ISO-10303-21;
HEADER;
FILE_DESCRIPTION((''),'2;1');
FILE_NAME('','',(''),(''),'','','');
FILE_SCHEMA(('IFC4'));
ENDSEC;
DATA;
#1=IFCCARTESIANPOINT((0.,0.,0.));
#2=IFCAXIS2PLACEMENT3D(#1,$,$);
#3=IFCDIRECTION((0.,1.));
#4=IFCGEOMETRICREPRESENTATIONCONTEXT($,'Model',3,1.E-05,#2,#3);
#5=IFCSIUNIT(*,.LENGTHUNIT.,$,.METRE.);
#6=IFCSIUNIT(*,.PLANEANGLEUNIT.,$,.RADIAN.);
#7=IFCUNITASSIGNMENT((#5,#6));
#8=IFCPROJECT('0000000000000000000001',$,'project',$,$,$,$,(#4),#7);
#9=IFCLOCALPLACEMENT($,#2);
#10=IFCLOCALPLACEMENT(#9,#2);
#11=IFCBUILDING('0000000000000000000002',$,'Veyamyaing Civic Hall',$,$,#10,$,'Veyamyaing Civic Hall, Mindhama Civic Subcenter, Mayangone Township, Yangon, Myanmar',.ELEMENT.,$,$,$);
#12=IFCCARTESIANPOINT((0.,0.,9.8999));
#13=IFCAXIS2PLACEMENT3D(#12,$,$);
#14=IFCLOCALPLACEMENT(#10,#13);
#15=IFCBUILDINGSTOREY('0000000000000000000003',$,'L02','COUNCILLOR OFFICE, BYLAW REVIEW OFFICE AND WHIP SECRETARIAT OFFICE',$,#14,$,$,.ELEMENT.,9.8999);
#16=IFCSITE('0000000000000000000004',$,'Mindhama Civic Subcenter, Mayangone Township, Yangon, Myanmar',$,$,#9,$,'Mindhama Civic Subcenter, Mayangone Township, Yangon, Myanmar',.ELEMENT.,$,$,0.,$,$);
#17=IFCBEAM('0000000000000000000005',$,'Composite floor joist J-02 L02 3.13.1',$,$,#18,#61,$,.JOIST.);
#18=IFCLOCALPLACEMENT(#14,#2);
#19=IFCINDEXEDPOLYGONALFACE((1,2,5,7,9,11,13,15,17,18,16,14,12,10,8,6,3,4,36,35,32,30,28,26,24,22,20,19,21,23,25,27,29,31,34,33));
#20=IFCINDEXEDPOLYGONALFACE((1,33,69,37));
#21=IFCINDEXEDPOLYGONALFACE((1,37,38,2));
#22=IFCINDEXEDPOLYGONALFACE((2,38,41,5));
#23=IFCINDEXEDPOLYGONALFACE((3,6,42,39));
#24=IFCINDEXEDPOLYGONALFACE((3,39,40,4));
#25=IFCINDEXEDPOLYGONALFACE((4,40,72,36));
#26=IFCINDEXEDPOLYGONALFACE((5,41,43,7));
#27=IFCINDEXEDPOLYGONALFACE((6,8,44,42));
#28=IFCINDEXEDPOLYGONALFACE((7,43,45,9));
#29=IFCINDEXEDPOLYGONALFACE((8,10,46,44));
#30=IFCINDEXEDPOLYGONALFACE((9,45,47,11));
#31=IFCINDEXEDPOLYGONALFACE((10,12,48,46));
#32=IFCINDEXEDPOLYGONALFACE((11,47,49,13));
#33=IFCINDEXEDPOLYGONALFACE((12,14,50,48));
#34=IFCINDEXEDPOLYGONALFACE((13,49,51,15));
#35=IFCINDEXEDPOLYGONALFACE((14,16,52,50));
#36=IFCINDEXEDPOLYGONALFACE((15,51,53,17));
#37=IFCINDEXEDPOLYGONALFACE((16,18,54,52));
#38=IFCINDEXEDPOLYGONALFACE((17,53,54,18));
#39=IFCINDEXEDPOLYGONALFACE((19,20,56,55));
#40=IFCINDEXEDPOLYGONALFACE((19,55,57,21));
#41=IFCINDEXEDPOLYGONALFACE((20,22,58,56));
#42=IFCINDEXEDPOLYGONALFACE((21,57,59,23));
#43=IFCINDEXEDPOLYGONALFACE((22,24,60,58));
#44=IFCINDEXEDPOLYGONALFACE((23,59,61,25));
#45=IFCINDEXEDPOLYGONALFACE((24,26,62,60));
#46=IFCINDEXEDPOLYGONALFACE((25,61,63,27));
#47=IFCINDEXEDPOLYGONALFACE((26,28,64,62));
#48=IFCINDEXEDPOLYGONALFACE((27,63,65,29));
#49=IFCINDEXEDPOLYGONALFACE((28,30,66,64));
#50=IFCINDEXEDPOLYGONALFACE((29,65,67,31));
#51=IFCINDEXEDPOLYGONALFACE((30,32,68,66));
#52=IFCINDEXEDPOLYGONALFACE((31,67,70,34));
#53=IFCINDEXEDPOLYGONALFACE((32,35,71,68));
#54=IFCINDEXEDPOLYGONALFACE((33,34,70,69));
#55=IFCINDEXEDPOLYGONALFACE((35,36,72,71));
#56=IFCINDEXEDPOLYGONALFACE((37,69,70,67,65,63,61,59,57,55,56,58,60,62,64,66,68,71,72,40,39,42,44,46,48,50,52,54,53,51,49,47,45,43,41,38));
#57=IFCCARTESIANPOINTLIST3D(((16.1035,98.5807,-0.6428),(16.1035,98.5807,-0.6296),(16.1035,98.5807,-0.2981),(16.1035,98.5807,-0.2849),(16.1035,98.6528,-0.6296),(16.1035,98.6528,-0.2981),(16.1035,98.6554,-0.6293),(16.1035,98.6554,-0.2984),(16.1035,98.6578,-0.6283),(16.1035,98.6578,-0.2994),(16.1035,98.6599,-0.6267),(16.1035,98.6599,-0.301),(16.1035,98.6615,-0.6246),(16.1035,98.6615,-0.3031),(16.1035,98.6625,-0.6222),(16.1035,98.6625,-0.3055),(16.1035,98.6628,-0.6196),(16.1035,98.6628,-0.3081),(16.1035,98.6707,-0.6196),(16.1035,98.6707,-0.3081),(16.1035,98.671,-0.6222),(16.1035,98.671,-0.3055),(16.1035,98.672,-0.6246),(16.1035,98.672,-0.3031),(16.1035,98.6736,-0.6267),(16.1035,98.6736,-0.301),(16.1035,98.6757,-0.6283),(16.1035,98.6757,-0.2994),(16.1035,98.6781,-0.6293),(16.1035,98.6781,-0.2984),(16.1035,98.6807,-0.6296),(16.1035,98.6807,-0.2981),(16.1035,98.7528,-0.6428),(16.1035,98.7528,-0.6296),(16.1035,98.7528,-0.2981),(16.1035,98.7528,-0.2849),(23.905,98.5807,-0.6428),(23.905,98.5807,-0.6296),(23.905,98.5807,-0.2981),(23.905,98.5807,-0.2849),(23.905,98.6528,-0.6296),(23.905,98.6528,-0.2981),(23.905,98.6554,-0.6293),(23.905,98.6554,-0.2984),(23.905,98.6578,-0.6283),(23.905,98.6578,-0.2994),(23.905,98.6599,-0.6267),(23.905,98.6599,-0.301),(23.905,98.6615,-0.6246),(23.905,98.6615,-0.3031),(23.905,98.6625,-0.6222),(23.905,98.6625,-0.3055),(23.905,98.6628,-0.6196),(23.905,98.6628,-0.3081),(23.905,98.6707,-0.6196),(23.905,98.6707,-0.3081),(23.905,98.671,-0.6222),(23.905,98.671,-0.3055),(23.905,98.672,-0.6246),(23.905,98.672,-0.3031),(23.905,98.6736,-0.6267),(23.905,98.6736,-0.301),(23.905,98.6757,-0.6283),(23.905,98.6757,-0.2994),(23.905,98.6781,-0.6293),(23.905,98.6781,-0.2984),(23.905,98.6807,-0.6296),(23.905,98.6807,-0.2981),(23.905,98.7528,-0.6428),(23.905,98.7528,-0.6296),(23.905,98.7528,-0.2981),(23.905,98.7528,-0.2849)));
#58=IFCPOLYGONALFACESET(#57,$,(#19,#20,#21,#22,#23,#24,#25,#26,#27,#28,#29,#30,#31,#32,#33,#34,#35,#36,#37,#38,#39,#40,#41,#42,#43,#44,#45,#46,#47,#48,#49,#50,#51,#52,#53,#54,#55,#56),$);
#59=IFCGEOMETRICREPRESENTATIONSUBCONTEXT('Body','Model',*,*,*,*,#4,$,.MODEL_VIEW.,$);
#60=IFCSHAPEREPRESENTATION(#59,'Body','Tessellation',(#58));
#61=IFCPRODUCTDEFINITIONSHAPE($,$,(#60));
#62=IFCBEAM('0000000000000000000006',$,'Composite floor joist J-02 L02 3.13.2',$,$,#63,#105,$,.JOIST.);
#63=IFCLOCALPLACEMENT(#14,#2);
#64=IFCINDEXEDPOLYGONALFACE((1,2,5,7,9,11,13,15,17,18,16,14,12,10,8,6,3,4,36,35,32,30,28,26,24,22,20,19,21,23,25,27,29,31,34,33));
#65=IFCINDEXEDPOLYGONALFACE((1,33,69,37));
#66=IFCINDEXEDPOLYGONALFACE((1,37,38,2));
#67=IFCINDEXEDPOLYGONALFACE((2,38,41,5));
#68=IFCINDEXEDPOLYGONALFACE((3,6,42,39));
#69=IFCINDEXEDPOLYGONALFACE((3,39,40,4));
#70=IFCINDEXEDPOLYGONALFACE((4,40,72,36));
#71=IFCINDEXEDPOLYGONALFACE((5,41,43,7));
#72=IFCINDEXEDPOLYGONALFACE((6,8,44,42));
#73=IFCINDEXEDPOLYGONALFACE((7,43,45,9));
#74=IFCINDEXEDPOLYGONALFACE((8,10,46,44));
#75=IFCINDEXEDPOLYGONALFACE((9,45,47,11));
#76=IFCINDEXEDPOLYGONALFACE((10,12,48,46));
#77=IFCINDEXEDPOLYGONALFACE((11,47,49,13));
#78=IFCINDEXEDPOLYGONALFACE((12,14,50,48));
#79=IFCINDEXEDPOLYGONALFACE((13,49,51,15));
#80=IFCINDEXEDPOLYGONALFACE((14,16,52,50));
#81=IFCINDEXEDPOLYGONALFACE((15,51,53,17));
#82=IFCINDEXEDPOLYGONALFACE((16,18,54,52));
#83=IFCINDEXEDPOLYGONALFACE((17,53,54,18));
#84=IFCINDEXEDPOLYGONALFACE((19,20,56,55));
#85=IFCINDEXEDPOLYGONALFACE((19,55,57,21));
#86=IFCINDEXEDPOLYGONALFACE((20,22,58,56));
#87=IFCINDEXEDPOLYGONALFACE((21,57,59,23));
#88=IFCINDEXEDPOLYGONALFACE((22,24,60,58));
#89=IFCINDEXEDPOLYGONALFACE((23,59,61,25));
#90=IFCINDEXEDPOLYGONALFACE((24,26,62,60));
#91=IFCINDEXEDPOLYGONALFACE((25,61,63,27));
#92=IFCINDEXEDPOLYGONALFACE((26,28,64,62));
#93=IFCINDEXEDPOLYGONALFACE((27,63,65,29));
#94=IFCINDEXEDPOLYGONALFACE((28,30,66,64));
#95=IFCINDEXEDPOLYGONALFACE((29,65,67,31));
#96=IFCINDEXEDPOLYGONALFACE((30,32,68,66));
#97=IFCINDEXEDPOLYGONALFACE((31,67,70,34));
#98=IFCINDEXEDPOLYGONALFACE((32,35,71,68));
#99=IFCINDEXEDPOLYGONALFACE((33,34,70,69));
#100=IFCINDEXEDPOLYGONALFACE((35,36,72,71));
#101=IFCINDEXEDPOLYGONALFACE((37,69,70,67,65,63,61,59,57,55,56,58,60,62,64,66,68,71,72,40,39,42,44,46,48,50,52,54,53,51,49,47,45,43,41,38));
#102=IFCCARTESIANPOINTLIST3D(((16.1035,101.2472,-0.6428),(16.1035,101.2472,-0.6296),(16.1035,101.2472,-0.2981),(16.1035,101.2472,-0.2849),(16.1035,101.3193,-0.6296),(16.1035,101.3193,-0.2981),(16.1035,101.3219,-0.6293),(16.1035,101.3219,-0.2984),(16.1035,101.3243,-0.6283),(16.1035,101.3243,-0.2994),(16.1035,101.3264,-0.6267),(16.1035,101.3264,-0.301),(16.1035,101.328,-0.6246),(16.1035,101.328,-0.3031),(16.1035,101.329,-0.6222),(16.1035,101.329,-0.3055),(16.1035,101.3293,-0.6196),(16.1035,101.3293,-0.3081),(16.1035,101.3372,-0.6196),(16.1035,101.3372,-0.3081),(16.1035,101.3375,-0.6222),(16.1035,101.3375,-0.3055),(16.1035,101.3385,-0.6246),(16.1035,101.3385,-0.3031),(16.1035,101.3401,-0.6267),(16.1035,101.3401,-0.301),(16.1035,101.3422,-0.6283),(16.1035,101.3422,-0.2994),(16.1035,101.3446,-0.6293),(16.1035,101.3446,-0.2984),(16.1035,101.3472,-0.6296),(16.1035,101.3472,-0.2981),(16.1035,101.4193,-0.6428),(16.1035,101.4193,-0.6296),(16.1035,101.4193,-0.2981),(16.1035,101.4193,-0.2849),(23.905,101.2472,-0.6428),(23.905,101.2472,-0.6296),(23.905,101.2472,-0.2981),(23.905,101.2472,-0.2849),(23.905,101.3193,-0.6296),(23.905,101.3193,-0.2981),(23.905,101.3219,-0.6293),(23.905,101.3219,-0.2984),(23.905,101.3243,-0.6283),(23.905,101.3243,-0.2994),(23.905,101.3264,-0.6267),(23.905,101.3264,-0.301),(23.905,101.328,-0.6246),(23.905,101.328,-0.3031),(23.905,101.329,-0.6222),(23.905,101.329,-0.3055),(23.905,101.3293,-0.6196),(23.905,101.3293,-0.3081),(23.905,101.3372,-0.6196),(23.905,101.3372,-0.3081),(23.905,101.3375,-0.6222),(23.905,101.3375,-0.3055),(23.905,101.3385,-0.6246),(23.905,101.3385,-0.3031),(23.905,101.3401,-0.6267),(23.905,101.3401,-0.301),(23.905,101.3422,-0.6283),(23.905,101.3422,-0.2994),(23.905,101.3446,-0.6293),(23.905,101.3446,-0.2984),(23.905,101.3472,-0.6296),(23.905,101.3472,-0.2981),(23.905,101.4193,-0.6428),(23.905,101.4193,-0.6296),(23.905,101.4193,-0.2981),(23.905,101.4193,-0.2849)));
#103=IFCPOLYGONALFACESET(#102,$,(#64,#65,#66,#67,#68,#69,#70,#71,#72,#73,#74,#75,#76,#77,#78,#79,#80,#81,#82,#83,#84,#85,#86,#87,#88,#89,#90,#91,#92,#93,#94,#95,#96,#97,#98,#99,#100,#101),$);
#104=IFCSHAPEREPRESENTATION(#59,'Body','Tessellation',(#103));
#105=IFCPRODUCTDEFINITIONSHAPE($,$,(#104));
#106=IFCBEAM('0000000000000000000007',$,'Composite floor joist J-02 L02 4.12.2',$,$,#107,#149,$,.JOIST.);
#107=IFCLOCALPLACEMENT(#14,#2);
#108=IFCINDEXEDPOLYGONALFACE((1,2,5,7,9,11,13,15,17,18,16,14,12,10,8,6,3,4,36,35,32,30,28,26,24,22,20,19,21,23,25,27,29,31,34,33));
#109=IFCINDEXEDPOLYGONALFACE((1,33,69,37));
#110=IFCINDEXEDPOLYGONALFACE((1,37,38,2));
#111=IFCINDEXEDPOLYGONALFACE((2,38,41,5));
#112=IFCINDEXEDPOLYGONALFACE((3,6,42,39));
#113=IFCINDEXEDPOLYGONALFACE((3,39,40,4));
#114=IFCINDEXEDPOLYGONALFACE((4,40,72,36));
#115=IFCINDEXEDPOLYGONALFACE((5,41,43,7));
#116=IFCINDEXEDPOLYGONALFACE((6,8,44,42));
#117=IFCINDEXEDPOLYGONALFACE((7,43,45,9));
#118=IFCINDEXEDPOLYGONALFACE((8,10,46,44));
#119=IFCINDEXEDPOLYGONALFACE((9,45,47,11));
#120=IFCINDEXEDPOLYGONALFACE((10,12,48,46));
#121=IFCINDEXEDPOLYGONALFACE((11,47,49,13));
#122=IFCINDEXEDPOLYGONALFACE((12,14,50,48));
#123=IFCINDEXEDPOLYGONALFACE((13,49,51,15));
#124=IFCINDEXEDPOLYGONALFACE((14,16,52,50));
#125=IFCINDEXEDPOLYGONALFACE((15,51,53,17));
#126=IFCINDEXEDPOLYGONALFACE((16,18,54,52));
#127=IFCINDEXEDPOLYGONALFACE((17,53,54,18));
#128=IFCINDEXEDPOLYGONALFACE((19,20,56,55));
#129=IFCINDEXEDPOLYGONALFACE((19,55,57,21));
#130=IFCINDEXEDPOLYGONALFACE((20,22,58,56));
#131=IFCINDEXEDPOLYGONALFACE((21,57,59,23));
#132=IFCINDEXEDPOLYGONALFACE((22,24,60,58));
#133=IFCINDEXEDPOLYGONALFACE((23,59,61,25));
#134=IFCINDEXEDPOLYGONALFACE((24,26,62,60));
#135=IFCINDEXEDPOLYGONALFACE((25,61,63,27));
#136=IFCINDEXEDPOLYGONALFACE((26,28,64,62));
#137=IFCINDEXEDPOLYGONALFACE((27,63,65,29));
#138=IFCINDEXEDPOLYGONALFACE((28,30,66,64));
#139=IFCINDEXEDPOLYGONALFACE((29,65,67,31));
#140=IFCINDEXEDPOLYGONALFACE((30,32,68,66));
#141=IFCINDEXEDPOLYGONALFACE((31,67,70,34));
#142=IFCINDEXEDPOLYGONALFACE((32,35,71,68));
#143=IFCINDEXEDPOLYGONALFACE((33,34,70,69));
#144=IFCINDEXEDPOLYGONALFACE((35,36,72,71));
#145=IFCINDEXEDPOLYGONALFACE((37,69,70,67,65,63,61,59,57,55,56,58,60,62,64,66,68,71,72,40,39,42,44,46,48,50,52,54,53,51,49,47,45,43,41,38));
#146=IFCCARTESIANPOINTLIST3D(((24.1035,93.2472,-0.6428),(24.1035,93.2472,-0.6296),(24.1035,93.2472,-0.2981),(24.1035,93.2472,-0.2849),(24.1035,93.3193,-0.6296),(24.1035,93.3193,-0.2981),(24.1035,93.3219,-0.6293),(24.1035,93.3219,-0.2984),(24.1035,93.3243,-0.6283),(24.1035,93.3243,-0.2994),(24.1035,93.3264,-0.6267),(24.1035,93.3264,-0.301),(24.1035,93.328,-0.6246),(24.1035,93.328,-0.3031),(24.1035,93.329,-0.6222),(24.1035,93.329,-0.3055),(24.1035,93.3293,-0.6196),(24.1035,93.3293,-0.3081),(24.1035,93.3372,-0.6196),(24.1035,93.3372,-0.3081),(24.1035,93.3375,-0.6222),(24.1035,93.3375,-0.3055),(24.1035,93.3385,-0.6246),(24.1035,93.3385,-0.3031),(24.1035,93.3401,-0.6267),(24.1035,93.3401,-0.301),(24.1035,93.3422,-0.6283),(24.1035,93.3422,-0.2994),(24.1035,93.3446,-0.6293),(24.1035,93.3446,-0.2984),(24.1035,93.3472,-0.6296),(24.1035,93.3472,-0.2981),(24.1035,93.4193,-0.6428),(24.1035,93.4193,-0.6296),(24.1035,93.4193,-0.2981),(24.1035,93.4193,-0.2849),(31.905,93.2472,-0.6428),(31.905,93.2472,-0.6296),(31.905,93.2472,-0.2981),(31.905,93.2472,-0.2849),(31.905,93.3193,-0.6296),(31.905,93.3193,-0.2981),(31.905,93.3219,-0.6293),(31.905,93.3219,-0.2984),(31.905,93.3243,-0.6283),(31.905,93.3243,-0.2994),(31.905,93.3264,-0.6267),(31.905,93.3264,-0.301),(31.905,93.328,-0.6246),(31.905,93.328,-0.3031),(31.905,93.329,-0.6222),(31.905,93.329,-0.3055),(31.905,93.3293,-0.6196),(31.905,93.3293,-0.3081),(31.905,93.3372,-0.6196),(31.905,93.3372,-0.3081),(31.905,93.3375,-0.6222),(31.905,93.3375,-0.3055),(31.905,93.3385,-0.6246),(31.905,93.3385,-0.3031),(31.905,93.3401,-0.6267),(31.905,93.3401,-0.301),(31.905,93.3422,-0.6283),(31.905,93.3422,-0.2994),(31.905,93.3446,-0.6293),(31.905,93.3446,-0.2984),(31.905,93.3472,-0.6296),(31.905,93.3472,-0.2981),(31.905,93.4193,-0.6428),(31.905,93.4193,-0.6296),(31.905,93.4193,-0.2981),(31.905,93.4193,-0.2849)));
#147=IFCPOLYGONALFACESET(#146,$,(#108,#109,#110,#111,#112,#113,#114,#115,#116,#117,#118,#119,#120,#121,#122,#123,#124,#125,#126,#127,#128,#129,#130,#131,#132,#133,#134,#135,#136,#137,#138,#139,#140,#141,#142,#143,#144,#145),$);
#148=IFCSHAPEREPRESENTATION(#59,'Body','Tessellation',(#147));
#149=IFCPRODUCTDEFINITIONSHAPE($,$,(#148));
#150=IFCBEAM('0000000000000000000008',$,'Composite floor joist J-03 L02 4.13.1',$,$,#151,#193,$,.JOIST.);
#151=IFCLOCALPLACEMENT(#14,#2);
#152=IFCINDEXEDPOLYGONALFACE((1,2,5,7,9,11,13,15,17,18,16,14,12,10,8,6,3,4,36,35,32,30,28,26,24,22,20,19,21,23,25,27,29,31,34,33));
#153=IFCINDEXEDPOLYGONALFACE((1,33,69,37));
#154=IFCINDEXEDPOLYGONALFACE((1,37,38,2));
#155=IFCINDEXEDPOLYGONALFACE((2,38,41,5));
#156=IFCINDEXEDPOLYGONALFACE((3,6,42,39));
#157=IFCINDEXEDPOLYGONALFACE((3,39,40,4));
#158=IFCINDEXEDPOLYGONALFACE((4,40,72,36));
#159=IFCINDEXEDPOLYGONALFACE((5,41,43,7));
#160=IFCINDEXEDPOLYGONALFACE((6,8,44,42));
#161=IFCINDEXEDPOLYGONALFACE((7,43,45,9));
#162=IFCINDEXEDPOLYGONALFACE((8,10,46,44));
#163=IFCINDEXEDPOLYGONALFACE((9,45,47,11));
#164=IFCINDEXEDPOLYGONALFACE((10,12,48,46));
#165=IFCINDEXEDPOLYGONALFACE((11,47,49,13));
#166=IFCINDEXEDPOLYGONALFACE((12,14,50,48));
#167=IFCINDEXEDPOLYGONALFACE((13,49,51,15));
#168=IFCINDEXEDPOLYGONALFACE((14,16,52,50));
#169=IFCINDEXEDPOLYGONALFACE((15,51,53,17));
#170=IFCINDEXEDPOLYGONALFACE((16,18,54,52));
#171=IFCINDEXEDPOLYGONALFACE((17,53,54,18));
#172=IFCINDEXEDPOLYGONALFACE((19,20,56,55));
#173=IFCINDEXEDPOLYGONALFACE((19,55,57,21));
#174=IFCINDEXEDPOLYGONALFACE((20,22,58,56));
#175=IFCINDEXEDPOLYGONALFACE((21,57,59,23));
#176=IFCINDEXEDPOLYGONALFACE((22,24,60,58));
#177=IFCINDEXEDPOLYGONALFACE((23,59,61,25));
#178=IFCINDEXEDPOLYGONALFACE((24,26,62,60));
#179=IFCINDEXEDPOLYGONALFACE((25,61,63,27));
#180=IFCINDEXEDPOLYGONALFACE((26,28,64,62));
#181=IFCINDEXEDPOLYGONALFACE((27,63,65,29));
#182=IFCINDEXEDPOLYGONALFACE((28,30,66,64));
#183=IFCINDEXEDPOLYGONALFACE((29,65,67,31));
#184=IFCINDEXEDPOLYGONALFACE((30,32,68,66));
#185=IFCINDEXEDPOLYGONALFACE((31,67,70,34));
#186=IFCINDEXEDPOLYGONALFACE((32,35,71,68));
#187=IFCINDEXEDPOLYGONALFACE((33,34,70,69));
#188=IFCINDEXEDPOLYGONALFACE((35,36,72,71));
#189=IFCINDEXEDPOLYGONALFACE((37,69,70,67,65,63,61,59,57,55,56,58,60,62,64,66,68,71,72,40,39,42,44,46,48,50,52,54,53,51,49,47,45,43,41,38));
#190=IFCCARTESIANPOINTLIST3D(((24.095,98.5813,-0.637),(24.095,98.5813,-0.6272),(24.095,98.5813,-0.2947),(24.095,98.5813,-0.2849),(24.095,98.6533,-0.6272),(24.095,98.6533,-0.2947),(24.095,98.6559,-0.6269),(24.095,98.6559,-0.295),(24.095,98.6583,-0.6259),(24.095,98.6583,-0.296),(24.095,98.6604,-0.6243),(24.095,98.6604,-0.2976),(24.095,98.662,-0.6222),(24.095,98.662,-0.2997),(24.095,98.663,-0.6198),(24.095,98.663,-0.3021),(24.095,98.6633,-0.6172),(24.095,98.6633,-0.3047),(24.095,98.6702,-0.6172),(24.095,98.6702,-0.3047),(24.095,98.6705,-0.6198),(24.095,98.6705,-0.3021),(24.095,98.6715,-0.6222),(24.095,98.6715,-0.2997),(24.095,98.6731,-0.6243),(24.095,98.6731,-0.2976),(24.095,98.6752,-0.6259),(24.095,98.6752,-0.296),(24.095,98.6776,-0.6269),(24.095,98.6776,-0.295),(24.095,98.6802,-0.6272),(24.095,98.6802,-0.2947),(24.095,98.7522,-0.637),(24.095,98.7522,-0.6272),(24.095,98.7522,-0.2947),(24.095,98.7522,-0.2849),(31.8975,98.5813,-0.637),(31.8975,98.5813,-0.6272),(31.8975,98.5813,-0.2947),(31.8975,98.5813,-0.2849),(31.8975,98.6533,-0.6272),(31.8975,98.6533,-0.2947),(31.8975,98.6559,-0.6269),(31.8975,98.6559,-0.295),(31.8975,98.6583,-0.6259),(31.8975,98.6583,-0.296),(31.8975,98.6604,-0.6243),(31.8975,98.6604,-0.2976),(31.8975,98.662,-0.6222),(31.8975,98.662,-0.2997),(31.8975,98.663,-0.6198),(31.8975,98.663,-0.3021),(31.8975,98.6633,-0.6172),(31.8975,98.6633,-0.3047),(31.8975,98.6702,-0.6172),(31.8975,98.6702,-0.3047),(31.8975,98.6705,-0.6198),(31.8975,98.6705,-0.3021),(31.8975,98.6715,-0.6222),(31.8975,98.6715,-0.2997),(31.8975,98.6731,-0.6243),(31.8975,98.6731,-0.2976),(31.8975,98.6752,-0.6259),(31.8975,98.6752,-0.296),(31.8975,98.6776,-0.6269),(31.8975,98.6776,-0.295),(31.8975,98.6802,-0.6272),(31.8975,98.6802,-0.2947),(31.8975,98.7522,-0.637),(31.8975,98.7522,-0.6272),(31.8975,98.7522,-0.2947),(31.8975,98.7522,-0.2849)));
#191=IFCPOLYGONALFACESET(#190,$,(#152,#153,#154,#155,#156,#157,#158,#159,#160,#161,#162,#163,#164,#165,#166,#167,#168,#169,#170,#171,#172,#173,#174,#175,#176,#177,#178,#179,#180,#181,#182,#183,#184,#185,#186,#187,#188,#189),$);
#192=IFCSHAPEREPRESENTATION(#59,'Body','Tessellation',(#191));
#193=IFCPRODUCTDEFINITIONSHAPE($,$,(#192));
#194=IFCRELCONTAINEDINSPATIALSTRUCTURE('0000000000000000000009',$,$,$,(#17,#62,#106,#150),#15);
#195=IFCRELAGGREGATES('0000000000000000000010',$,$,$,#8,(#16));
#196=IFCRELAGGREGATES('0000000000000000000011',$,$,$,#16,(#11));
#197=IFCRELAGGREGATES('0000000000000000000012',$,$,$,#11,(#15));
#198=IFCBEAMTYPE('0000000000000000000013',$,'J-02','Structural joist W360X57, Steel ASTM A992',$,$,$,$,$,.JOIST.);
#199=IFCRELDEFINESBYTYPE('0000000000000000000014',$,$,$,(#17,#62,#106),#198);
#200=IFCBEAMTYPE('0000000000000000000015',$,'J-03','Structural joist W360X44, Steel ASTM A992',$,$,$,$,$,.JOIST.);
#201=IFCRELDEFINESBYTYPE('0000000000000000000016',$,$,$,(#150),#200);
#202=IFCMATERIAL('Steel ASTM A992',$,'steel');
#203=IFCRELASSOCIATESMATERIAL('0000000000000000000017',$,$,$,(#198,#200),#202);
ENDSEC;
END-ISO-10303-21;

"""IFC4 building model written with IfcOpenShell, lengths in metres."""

from ifc_helpers import new_model, si_unit, direction, frame, origin, origin_2d, place, context, subcontext, project, spatial, i_section, extrude, material, material_profile, profile_set, type_object, element, save


model = new_model("IFC4")

# Units and contexts
model_context = context("Model", 3, precision=1e-05, world=origin(), true_north=direction((0.0, 1.0)))
body_context = subcontext(model_context, "Body", "Model", "MODEL_VIEW")
ifc_project = project(units=[si_unit("LENGTHUNIT", "METRE"), si_unit("PLANEANGLEUNIT", "RADIAN")], contexts=[model_context])

# Site, building, storey
site_placement = place(None, origin())
site = spatial("IfcSite", under=ifc_project, at=site_placement, Name="Mindhama Civic Subcenter, Mayangone Township, Yangon, Myanmar", LongName="Mindhama Civic Subcenter, Mayangone Township, Yangon, Myanmar", CompositionType="ELEMENT", RefElevation=0.0)
building_placement = place(site_placement, origin())
building = spatial("IfcBuilding", under=site, at=building_placement, Name="Veyamyaing Civic Hall", LongName="Veyamyaing Civic Hall, Mindhama Civic Subcenter, Mayangone Township, Yangon, Myanmar", CompositionType="ELEMENT")
storey_placement = place(building_placement, frame((0.0, 0.0, 9.8999)))
storey = spatial("IfcBuildingStorey", under=building, at=storey_placement, Name="L02", Description="COUNCILLOR OFFICE, BYLAW REVIEW OFFICE AND WHIP SECRETARIAT OFFICE", CompositionType="ELEMENT", Elevation=9.8999)

# Beams
ifc_material_1 = material(Name="Steel ASTM A992", Category="steel")
ifc_material_profile_1 = material_profile(ifc_material_1, i_section(OverallWidth=0.1721, OverallDepth=0.3579, WebThickness=0.0078, FlangeThickness=0.0132, FilletRadius=0.01, at=origin_2d()), Name="W360X57")
ifc_profile_set_1 = profile_set([ifc_material_profile_1], Name="Steel ASTM A992")
beam_type_1 = type_object("IfcBeamType", Name="J-02", Description="Structural joist W360X57, Steel ASTM A992", PredefinedType="JOIST", material=ifc_profile_set_1)
for number, where, z_axis, x_axis, name in (
    (1, (16.1035, 98.6667, -0.4639), (1.0, 0.0, 0.0), (0.0, 1.0, 0.0), "Composite floor joist J-02 L02 3.13.1"),
    (2, (16.1035, 101.3333, -0.4639), (1.0, 0.0, 0.0), (0.0, 1.0, 0.0), "Composite floor joist J-02 L02 3.13.2"),
    (3, (24.1035, 93.3333, -0.4639), (1.0, 0.0, 0.0), (0.0, 1.0, 0.0), "Composite floor joist J-02 L02 4.12.2"),
):
    element("IfcBeam", number, at=place(storey_placement, frame(where, z_axis=z_axis, x_axis=x_axis)), inside=storey, type_object=beam_type_1, Name=name, PredefinedType="JOIST", context=body_context, shape_type="SweptSolid", body=[
        extrude(i_section(OverallWidth=0.1721, OverallDepth=0.3579, WebThickness=0.0078, FlangeThickness=0.0132, FilletRadius=0.01, at=origin_2d()), origin(), (0.0, 0.0, 1.0), 7.8015),
    ])
ifc_material_profile_2 = material_profile(ifc_material_1, i_section(OverallWidth=0.1709, OverallDepth=0.3521, WebThickness=0.0068, FlangeThickness=0.0098, FilletRadius=0.01, at=origin_2d()), Name="W360X44")
ifc_profile_set_2 = profile_set([ifc_material_profile_2], Name="Steel ASTM A992")
beam_type_2 = type_object("IfcBeamType", Name="J-03", Description="Structural joist W360X44, Steel ASTM A992", PredefinedType="JOIST", material=ifc_profile_set_2)
for number, where, z_axis, x_axis, name in (
    (4, (24.095, 98.6667, -0.4609), (1.0, 0.0, 0.0), (0.0, 1.0, 0.0), "Composite floor joist J-03 L02 4.13.1"),
):
    element("IfcBeam", number, at=place(storey_placement, frame(where, z_axis=z_axis, x_axis=x_axis)), inside=storey, type_object=beam_type_2, Name=name, PredefinedType="JOIST", context=body_context, shape_type="SweptSolid", body=[
        extrude(i_section(OverallWidth=0.1709, OverallDepth=0.3521, WebThickness=0.0068, FlangeThickness=0.0098, FilletRadius=0.01, at=origin_2d()), origin(), (0.0, 0.0, 1.0), 7.8025),
    ])

save(model, "model.ifc")
